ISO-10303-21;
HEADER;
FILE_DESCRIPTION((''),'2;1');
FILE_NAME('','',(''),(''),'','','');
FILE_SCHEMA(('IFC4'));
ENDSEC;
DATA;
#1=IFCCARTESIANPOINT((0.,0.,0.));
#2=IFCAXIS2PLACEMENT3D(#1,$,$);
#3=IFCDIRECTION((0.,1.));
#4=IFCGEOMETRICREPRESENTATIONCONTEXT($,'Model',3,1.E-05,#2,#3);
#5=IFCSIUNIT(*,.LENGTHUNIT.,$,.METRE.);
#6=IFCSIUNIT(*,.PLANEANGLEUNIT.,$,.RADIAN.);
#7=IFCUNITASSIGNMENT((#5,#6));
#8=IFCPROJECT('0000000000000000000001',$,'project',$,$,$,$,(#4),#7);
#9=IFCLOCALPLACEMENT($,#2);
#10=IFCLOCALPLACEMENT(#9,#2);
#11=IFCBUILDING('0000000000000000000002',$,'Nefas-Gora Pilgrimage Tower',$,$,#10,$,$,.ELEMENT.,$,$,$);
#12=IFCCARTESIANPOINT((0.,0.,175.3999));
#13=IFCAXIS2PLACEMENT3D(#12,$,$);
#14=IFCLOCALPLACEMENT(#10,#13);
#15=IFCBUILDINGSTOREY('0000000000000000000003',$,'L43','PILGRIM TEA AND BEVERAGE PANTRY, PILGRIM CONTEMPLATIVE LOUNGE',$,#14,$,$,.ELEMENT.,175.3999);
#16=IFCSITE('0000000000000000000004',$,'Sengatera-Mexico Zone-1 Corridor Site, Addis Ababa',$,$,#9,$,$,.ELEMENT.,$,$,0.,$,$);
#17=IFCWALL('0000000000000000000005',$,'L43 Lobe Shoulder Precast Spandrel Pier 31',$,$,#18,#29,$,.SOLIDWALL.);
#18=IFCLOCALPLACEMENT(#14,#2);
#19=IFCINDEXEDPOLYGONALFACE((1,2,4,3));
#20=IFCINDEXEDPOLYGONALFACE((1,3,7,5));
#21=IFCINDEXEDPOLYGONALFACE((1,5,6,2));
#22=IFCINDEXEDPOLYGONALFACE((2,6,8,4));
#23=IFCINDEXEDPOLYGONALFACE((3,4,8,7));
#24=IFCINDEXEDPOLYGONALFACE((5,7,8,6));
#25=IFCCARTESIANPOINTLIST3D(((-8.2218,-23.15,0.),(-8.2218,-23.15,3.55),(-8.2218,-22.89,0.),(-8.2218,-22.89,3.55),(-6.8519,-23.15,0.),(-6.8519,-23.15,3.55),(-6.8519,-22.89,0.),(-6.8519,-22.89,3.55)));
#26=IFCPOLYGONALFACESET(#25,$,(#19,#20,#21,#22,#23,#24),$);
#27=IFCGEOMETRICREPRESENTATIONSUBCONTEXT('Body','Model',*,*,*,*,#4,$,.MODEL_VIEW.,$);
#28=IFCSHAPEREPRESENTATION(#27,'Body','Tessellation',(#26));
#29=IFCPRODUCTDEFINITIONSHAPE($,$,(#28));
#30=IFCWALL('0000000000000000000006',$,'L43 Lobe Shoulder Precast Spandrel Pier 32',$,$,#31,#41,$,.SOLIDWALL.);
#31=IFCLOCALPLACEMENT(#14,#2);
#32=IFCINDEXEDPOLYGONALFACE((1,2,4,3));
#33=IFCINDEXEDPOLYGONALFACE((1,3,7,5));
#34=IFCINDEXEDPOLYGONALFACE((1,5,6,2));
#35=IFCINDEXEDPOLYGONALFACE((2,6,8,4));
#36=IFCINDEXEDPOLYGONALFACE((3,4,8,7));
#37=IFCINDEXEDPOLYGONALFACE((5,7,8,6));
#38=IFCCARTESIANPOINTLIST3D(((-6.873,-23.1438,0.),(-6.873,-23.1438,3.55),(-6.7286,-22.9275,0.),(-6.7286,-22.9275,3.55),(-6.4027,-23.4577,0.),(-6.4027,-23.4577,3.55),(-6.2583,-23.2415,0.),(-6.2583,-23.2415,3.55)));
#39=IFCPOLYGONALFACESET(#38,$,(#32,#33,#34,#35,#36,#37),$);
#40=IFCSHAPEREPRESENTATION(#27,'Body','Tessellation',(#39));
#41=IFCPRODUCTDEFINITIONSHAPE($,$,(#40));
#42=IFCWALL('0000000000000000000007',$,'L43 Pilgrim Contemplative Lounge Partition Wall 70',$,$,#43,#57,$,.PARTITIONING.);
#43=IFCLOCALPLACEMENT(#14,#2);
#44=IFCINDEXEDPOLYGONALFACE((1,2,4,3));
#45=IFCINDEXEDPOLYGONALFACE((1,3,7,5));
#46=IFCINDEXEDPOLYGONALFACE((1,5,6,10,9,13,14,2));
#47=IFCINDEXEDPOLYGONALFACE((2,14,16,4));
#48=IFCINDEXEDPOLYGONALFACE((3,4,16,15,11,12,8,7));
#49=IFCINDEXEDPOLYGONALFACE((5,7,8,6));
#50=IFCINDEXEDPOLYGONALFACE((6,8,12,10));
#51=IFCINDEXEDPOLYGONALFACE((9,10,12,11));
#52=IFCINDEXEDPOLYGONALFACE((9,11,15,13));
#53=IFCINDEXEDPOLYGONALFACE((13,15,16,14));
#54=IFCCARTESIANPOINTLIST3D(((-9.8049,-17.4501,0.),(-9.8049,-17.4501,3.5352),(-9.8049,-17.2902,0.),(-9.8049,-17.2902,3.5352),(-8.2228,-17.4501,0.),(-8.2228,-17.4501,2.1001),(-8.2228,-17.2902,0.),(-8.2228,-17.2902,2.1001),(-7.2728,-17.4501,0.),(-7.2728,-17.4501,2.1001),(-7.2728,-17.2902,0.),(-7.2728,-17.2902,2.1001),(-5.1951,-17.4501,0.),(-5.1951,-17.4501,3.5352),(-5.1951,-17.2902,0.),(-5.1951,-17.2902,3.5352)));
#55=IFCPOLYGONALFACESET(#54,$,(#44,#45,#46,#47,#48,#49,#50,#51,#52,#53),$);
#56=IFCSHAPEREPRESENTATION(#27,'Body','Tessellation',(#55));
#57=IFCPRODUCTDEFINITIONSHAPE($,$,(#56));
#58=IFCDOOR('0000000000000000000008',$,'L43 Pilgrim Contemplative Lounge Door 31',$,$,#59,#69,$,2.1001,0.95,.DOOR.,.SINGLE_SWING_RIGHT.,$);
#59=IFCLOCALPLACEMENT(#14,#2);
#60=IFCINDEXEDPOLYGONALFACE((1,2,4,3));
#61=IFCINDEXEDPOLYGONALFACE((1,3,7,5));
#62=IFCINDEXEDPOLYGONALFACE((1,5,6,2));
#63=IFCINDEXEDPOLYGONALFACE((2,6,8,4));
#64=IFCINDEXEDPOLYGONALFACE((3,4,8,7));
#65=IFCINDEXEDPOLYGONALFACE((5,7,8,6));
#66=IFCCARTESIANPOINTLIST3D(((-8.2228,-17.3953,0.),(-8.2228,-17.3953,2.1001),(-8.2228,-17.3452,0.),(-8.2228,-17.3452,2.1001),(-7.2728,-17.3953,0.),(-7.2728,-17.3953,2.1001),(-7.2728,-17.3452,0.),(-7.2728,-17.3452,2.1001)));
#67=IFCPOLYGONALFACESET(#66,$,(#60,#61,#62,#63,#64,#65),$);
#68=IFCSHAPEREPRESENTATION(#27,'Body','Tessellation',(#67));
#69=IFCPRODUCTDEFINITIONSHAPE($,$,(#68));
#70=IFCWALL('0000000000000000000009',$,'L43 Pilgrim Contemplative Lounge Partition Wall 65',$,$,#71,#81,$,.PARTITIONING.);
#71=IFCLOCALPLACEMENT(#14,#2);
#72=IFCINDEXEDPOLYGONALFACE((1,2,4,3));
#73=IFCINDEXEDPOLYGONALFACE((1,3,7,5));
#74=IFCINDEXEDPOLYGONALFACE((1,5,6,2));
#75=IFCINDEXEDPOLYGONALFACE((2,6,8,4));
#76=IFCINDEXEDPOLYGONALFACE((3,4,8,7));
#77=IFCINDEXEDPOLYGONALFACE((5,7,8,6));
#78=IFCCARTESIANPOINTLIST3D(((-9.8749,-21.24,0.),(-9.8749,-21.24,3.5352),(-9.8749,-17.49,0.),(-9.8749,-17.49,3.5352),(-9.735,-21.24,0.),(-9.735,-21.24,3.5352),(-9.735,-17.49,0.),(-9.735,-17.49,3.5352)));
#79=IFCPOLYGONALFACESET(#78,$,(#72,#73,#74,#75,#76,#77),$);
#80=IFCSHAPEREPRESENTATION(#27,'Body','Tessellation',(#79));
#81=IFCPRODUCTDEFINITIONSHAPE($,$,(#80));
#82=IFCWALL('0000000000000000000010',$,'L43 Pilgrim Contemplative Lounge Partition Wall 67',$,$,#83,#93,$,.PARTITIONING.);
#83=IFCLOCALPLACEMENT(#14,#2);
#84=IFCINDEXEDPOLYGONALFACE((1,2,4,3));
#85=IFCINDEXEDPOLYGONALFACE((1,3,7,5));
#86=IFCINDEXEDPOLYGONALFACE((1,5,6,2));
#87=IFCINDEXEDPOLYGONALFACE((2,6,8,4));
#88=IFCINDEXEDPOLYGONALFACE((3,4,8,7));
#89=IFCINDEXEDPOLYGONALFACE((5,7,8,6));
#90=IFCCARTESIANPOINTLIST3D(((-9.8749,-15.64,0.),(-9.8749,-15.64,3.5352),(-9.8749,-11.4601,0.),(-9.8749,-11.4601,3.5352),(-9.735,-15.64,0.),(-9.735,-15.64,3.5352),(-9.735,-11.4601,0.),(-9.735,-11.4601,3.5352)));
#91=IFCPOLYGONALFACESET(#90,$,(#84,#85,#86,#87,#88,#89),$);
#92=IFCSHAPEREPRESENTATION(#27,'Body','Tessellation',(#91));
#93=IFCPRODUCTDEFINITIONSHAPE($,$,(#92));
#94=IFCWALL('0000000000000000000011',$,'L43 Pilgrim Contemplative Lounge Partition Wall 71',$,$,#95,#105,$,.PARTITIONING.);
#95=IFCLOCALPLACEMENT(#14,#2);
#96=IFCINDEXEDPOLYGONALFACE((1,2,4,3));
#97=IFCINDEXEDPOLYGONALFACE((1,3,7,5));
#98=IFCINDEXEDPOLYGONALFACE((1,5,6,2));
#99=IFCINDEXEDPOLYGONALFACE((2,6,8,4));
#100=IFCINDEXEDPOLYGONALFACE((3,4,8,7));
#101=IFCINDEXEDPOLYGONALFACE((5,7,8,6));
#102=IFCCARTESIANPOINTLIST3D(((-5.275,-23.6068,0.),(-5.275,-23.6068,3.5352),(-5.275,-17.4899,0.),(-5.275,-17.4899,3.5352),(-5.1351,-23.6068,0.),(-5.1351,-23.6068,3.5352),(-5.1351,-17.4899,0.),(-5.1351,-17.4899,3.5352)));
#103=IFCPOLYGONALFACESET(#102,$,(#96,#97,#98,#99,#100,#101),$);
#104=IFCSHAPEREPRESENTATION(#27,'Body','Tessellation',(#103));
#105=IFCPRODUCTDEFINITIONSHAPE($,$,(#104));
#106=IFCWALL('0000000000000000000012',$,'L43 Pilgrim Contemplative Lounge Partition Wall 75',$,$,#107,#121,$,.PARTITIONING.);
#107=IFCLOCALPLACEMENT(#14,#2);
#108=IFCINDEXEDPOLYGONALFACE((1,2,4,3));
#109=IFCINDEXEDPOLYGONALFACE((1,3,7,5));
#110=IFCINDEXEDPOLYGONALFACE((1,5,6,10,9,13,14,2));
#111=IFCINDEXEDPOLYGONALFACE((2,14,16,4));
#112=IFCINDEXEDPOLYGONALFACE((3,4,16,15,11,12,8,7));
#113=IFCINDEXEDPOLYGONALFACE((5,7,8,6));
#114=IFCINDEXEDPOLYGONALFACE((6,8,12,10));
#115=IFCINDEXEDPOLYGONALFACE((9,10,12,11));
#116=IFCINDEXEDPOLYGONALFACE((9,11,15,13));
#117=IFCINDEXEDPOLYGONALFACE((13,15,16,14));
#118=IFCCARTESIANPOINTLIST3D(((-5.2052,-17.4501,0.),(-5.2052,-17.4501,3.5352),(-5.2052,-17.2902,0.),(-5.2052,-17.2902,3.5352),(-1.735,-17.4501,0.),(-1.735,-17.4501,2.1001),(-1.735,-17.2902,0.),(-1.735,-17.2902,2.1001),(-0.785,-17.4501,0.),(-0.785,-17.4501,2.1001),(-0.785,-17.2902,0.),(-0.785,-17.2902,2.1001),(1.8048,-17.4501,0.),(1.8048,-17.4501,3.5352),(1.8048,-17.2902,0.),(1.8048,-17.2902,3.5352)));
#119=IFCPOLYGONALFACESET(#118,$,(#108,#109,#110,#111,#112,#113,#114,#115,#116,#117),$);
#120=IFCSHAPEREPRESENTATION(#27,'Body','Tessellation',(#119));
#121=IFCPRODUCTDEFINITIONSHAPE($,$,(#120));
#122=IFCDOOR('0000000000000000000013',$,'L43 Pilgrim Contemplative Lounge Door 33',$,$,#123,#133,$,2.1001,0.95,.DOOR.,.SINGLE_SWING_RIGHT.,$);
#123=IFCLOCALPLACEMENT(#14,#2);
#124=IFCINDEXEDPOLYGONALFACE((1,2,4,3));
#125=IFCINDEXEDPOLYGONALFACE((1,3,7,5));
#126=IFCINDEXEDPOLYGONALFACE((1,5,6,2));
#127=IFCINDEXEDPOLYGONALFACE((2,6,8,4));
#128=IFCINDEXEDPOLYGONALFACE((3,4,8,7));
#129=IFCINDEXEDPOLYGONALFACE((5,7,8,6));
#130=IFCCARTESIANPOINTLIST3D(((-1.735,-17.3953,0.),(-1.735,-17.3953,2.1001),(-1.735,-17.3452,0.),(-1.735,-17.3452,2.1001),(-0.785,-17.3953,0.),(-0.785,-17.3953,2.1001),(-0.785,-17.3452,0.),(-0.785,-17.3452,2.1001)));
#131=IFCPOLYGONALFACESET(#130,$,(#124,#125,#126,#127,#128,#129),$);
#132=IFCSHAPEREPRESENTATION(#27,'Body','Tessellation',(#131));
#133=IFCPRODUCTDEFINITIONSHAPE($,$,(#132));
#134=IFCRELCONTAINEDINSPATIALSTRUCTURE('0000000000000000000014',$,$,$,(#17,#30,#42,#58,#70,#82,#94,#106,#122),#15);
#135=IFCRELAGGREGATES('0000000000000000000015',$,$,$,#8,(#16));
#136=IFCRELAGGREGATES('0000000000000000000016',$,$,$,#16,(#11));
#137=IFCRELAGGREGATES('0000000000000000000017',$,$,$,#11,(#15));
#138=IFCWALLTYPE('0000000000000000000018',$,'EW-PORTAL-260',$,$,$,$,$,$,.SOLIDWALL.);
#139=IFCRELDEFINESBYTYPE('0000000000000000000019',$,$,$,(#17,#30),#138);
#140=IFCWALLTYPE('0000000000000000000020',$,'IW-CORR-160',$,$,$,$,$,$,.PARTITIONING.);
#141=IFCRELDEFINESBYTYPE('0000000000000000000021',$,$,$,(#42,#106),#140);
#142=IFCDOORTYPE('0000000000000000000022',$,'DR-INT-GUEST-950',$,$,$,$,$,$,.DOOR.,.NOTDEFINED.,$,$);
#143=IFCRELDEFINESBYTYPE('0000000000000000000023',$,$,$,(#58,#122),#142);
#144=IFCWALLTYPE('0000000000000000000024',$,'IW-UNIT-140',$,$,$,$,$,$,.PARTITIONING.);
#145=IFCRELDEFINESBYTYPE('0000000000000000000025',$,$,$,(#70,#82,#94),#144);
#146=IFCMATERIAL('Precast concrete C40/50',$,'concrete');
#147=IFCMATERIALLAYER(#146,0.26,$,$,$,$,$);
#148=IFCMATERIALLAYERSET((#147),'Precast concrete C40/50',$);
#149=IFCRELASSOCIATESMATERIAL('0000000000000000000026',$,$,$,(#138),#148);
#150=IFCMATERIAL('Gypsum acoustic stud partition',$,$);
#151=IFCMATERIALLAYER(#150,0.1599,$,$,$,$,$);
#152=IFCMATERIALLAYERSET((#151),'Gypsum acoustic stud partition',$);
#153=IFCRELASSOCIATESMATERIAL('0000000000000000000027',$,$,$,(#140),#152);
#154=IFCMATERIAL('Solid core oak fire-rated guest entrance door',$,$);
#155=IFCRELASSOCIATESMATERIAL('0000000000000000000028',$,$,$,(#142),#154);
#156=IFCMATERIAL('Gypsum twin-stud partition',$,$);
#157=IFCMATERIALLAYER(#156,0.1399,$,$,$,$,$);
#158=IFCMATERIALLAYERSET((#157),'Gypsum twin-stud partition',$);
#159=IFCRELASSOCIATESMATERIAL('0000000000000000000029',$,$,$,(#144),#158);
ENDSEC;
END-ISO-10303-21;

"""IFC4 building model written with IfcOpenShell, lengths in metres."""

from ifc_helpers import new_model, si_unit, direction, frame, frame_2d, origin, place, context, subcontext, project, spatial, rectangle, extrude, source, transform, mapped, material, layer, layer_set, type_object, element, fill, save


model = new_model("IFC4")

# Units and contexts
model_context = context("Model", 3, precision=1e-05, world=origin(), true_north=direction((0.0, 1.0)))
body_context = subcontext(model_context, "Body", "Model", "MODEL_VIEW")
ifc_project = project(units=[si_unit("LENGTHUNIT", "METRE"), si_unit("PLANEANGLEUNIT", "RADIAN")], contexts=[model_context])

# Site, building, storey
site_placement = place(None, origin())
site = spatial("IfcSite", under=ifc_project, at=site_placement, Name="Sengatera-Mexico Zone-1 Corridor Site, Addis Ababa", CompositionType="ELEMENT", RefElevation=0.0)
building_placement = place(site_placement, origin())
building = spatial("IfcBuilding", under=site, at=building_placement, Name="Nefas-Gora Pilgrimage Tower", CompositionType="ELEMENT")
storey_placement = place(building_placement, frame((0.0, 0.0, 175.3999)))
storey = spatial("IfcBuildingStorey", under=building, at=storey_placement, Name="L43", Description="PILGRIM TEA AND BEVERAGE PANTRY, PILGRIM CONTEMPLATIVE LOUNGE", CompositionType="ELEMENT", Elevation=175.3999)

# Walls
ifc_material_1 = material(Name="Precast concrete C40/50", Category="concrete")
ifc_layer_1 = layer(ifc_material_1, 0.26)
ifc_layer_set_1 = layer_set([ifc_layer_1], Name="Precast concrete C40/50")
wall_type_1 = type_object("IfcWallType", Name="EW-PORTAL-260", PredefinedType="SOLIDWALL", material=ifc_layer_set_1)
shared_shape_1 = source(origin(), body_context, "Body", "SweptSolid", [
    extrude(rectangle(XDim=1.3699, YDim=0.26, at=frame_2d((0.6851, 0.0))), origin(), (0.0, 0.0, 1.0), 3.55),
])
wall_1_placement = place(storey_placement, frame((-8.2219, -23.02, 0.0), z_axis=(0.0, 0.0, 1.0), x_axis=(1.0, 0.0, 0.0)))
element("IfcWall", 1, at=wall_1_placement, inside=storey, type_object=wall_type_1, Name="L43 Lobe Shoulder Precast Spandrel Pier 31", PredefinedType="SOLIDWALL", context=body_context, shape_type="MappedRepresentation", body=[
    mapped(shared_shape_1, transform((0.0, 0.0, 0.0), x_axis=(1.0, 0.0, 0.0), y_axis=(0.0, 1.0, 0.0), z_axis=(0.0, 0.0, 1.0), scale=1.0)),
])
shared_shape_2 = source(origin(), body_context, "Body", "SweptSolid", [
    extrude(rectangle(XDim=0.5654, YDim=0.26, at=frame_2d((0.2827, 0.0))), origin(), (0.0, 0.0, 1.0), 3.55),
])
wall_2_placement = place(storey_placement, frame((-6.8008, -23.0356, 0.0), z_axis=(0.0, 0.0, 1.0), x_axis=(0.831651, -0.555298, 0.0)))
element("IfcWall", 2, at=wall_2_placement, inside=storey, type_object=wall_type_1, Name="L43 Lobe Shoulder Precast Spandrel Pier 32", PredefinedType="SOLIDWALL", context=body_context, shape_type="MappedRepresentation", body=[
    mapped(shared_shape_2, transform((0.0, 0.0, 0.0), x_axis=(1.0, 0.0, 0.0), y_axis=(0.0, 1.0, 0.0), z_axis=(0.0, 0.0, 1.0), scale=1.0)),
])

# Wall, opening, door
ifc_material_2 = material(Name="Gypsum acoustic stud partition")
ifc_layer_2 = layer(ifc_material_2, 0.1599)
ifc_layer_set_2 = layer_set([ifc_layer_2], Name="Gypsum acoustic stud partition")
wall_type_2 = type_object("IfcWallType", Name="IW-CORR-160", PredefinedType="PARTITIONING", material=ifc_layer_set_2)
shared_shape_3 = source(origin(), body_context, "Body", "SweptSolid", [
    extrude(rectangle(XDim=4.6099, YDim=0.1599, at=frame_2d((2.3049, 0.0))), origin(), (0.0, 0.0, 1.0), 3.5352),
])
wall_3_placement = place(storey_placement, frame((-9.8049, -17.3701, 0.0), z_axis=(0.0, 0.0, 1.0), x_axis=(1.0, 0.0, 0.0)))
wall_3 = element("IfcWall", 3, at=wall_3_placement, inside=storey, type_object=wall_type_2, Name="L43 Pilgrim Contemplative Lounge Partition Wall 70", PredefinedType="PARTITIONING", context=body_context, shape_type="MappedRepresentation", body=[
    mapped(shared_shape_3, transform((0.0, 0.0, 0.0), x_axis=(1.0, 0.0, 0.0), y_axis=(0.0, 1.0, 0.0), z_axis=(0.0, 0.0, 1.0), scale=1.0)),
])
opening_1_placement = place(wall_3_placement, frame((1.582, 0.0, 0.0)))
opening_1 = element("IfcOpeningElement", 4, at=opening_1_placement, cuts=wall_3, PredefinedType="OPENING", context=body_context, shape_type="SweptSolid", body=[
    extrude(rectangle(XDim=0.95, YDim=2.1001, at=frame_2d((0.4751, 1.05))), frame((0.0, 0.0898, 0.0), z_axis=(0.0, -1.0, 0.0), x_axis=(1.0, 0.0, 0.0)), (0.0, 0.0, 1.0), 0.1799),
])
ifc_material_3 = material(Name="Solid core oak fire-rated guest entrance door")
door_type = type_object("IfcDoorType", Name="DR-INT-GUEST-950", OperationType="NOTDEFINED", PredefinedType="DOOR", material=ifc_material_3)
shared_shape_4 = source(origin(), body_context, "Body", "SweptSolid", [
    extrude(rectangle(XDim=0.95, YDim=2.1001, at=frame_2d((0.4751, 1.05))), frame((0.0, 0.0249, 0.0), z_axis=(0.0, -1.0, 0.0), x_axis=(1.0, 0.0, 0.0)), (0.0, 0.0, 1.0), 0.05),
])
door_1_placement = place(opening_1_placement, origin())
door_1 = element("IfcDoor", 5, at=door_1_placement, inside=storey, type_object=door_type, Name="L43 Pilgrim Contemplative Lounge Door 31", OperationType="SINGLE_SWING_RIGHT", OverallHeight=2.1001, OverallWidth=0.95, PredefinedType="DOOR", context=body_context, shape_type="MappedRepresentation", body=[
    mapped(shared_shape_4, transform((0.0, 0.0, 0.0), x_axis=(1.0, 0.0, 0.0), y_axis=(0.0, 1.0, 0.0), z_axis=(0.0, 0.0, 1.0), scale=1.0)),
])
fill(opening_1, door_1)

# Walls
ifc_material_4 = material(Name="Gypsum twin-stud partition")
ifc_layer_3 = layer(ifc_material_4, 0.1399)
ifc_layer_set_3 = layer_set([ifc_layer_3], Name="Gypsum twin-stud partition")
wall_type_3 = type_object("IfcWallType", Name="IW-UNIT-140", PredefinedType="PARTITIONING", material=ifc_layer_set_3)
shared_shape_5 = source(origin(), body_context, "Body", "SweptSolid", [
    extrude(rectangle(XDim=3.75, YDim=0.1399, at=frame_2d((1.875, 0.0))), origin(), (0.0, 0.0, 1.0), 3.5352),
])
wall_4_placement = place(storey_placement, frame((-9.8049, -21.24, 0.0), z_axis=(0.0, 0.0, 1.0), x_axis=(0.0, 1.0, 0.0)))
element("IfcWall", 6, at=wall_4_placement, inside=storey, type_object=wall_type_3, Name="L43 Pilgrim Contemplative Lounge Partition Wall 65", PredefinedType="PARTITIONING", context=body_context, shape_type="MappedRepresentation", body=[
    mapped(shared_shape_5, transform((0.0, 0.0, 0.0), x_axis=(1.0, 0.0, 0.0), y_axis=(0.0, 1.0, 0.0), z_axis=(0.0, 0.0, 1.0), scale=1.0)),
])
shared_shape_6 = source(origin(), body_context, "Body", "SweptSolid", [
    extrude(rectangle(XDim=4.1799, YDim=0.1399, at=frame_2d((2.0898, 0.0))), origin(), (0.0, 0.0, 1.0), 3.5352),
])
wall_5_placement = place(storey_placement, frame((-9.8049, -15.6399, 0.0), z_axis=(0.0, 0.0, 1.0), x_axis=(0.0, 1.0, 0.0)))
element("IfcWall", 7, at=wall_5_placement, inside=storey, type_object=wall_type_3, Name="L43 Pilgrim Contemplative Lounge Partition Wall 67", PredefinedType="PARTITIONING", context=body_context, shape_type="MappedRepresentation", body=[
    mapped(shared_shape_6, transform((0.0, 0.0, 0.0), x_axis=(1.0, 0.0, 0.0), y_axis=(0.0, 1.0, 0.0), z_axis=(0.0, 0.0, 1.0), scale=1.0)),
])
shared_shape_7 = source(origin(), body_context, "Body", "SweptSolid", [
    extrude(rectangle(XDim=6.1169, YDim=0.1399, at=frame_2d((3.0586, 0.0))), origin(), (0.0, 0.0, 1.0), 3.5352),
])
wall_6_placement = place(storey_placement, frame((-5.2051, -23.6069, 0.0), z_axis=(0.0, 0.0, 1.0), x_axis=(0.0, 1.0, 0.0)))
element("IfcWall", 8, at=wall_6_placement, inside=storey, type_object=wall_type_3, Name="L43 Pilgrim Contemplative Lounge Partition Wall 71", PredefinedType="PARTITIONING", context=body_context, shape_type="MappedRepresentation", body=[
    mapped(shared_shape_7, transform((0.0, 0.0, 0.0), x_axis=(1.0, 0.0, 0.0), y_axis=(0.0, 1.0, 0.0), z_axis=(0.0, 0.0, 1.0), scale=1.0)),
])

# Wall, opening, door
shared_shape_8 = source(origin(), body_context, "Body", "SweptSolid", [
    extrude(rectangle(XDim=7.01, YDim=0.1599, at=frame_2d((3.5049, 0.0))), origin(), (0.0, 0.0, 1.0), 3.5352),
])
wall_7_placement = place(storey_placement, frame((-5.2051, -17.3701, 0.0), z_axis=(0.0, 0.0, 1.0), x_axis=(1.0, 0.0, 0.0)))
wall_7 = element("IfcWall", 9, at=wall_7_placement, inside=storey, type_object=wall_type_2, Name="L43 Pilgrim Contemplative Lounge Partition Wall 75", PredefinedType="PARTITIONING", context=body_context, shape_type="MappedRepresentation", body=[
    mapped(shared_shape_8, transform((0.0, 0.0, 0.0), x_axis=(1.0, 0.0, 0.0), y_axis=(0.0, 1.0, 0.0), z_axis=(0.0, 0.0, 1.0), scale=1.0)),
])
opening_2_placement = place(wall_7_placement, frame((3.47, 0.0, 0.0)))
opening_2 = element("IfcOpeningElement", 10, at=opening_2_placement, cuts=wall_7, PredefinedType="OPENING", context=body_context, shape_type="SweptSolid", body=[
    extrude(rectangle(XDim=0.95, YDim=2.1001, at=frame_2d((0.4751, 1.05))), frame((0.0, 0.0898, 0.0), z_axis=(0.0, -1.0, 0.0), x_axis=(1.0, 0.0, 0.0)), (0.0, 0.0, 1.0), 0.1799),
])
door_2_placement = place(opening_2_placement, origin())
door_2 = element("IfcDoor", 11, at=door_2_placement, inside=storey, type_object=door_type, Name="L43 Pilgrim Contemplative Lounge Door 33", OperationType="SINGLE_SWING_RIGHT", OverallHeight=2.1001, OverallWidth=0.95, PredefinedType="DOOR", context=body_context, shape_type="MappedRepresentation", body=[
    mapped(shared_shape_4, transform((0.0, 0.0, 0.0), x_axis=(1.0, 0.0, 0.0), y_axis=(0.0, 1.0, 0.0), z_axis=(0.0, 0.0, 1.0), scale=1.0)),
])
fill(opening_2, door_2)

save(model, "model.ifc")
